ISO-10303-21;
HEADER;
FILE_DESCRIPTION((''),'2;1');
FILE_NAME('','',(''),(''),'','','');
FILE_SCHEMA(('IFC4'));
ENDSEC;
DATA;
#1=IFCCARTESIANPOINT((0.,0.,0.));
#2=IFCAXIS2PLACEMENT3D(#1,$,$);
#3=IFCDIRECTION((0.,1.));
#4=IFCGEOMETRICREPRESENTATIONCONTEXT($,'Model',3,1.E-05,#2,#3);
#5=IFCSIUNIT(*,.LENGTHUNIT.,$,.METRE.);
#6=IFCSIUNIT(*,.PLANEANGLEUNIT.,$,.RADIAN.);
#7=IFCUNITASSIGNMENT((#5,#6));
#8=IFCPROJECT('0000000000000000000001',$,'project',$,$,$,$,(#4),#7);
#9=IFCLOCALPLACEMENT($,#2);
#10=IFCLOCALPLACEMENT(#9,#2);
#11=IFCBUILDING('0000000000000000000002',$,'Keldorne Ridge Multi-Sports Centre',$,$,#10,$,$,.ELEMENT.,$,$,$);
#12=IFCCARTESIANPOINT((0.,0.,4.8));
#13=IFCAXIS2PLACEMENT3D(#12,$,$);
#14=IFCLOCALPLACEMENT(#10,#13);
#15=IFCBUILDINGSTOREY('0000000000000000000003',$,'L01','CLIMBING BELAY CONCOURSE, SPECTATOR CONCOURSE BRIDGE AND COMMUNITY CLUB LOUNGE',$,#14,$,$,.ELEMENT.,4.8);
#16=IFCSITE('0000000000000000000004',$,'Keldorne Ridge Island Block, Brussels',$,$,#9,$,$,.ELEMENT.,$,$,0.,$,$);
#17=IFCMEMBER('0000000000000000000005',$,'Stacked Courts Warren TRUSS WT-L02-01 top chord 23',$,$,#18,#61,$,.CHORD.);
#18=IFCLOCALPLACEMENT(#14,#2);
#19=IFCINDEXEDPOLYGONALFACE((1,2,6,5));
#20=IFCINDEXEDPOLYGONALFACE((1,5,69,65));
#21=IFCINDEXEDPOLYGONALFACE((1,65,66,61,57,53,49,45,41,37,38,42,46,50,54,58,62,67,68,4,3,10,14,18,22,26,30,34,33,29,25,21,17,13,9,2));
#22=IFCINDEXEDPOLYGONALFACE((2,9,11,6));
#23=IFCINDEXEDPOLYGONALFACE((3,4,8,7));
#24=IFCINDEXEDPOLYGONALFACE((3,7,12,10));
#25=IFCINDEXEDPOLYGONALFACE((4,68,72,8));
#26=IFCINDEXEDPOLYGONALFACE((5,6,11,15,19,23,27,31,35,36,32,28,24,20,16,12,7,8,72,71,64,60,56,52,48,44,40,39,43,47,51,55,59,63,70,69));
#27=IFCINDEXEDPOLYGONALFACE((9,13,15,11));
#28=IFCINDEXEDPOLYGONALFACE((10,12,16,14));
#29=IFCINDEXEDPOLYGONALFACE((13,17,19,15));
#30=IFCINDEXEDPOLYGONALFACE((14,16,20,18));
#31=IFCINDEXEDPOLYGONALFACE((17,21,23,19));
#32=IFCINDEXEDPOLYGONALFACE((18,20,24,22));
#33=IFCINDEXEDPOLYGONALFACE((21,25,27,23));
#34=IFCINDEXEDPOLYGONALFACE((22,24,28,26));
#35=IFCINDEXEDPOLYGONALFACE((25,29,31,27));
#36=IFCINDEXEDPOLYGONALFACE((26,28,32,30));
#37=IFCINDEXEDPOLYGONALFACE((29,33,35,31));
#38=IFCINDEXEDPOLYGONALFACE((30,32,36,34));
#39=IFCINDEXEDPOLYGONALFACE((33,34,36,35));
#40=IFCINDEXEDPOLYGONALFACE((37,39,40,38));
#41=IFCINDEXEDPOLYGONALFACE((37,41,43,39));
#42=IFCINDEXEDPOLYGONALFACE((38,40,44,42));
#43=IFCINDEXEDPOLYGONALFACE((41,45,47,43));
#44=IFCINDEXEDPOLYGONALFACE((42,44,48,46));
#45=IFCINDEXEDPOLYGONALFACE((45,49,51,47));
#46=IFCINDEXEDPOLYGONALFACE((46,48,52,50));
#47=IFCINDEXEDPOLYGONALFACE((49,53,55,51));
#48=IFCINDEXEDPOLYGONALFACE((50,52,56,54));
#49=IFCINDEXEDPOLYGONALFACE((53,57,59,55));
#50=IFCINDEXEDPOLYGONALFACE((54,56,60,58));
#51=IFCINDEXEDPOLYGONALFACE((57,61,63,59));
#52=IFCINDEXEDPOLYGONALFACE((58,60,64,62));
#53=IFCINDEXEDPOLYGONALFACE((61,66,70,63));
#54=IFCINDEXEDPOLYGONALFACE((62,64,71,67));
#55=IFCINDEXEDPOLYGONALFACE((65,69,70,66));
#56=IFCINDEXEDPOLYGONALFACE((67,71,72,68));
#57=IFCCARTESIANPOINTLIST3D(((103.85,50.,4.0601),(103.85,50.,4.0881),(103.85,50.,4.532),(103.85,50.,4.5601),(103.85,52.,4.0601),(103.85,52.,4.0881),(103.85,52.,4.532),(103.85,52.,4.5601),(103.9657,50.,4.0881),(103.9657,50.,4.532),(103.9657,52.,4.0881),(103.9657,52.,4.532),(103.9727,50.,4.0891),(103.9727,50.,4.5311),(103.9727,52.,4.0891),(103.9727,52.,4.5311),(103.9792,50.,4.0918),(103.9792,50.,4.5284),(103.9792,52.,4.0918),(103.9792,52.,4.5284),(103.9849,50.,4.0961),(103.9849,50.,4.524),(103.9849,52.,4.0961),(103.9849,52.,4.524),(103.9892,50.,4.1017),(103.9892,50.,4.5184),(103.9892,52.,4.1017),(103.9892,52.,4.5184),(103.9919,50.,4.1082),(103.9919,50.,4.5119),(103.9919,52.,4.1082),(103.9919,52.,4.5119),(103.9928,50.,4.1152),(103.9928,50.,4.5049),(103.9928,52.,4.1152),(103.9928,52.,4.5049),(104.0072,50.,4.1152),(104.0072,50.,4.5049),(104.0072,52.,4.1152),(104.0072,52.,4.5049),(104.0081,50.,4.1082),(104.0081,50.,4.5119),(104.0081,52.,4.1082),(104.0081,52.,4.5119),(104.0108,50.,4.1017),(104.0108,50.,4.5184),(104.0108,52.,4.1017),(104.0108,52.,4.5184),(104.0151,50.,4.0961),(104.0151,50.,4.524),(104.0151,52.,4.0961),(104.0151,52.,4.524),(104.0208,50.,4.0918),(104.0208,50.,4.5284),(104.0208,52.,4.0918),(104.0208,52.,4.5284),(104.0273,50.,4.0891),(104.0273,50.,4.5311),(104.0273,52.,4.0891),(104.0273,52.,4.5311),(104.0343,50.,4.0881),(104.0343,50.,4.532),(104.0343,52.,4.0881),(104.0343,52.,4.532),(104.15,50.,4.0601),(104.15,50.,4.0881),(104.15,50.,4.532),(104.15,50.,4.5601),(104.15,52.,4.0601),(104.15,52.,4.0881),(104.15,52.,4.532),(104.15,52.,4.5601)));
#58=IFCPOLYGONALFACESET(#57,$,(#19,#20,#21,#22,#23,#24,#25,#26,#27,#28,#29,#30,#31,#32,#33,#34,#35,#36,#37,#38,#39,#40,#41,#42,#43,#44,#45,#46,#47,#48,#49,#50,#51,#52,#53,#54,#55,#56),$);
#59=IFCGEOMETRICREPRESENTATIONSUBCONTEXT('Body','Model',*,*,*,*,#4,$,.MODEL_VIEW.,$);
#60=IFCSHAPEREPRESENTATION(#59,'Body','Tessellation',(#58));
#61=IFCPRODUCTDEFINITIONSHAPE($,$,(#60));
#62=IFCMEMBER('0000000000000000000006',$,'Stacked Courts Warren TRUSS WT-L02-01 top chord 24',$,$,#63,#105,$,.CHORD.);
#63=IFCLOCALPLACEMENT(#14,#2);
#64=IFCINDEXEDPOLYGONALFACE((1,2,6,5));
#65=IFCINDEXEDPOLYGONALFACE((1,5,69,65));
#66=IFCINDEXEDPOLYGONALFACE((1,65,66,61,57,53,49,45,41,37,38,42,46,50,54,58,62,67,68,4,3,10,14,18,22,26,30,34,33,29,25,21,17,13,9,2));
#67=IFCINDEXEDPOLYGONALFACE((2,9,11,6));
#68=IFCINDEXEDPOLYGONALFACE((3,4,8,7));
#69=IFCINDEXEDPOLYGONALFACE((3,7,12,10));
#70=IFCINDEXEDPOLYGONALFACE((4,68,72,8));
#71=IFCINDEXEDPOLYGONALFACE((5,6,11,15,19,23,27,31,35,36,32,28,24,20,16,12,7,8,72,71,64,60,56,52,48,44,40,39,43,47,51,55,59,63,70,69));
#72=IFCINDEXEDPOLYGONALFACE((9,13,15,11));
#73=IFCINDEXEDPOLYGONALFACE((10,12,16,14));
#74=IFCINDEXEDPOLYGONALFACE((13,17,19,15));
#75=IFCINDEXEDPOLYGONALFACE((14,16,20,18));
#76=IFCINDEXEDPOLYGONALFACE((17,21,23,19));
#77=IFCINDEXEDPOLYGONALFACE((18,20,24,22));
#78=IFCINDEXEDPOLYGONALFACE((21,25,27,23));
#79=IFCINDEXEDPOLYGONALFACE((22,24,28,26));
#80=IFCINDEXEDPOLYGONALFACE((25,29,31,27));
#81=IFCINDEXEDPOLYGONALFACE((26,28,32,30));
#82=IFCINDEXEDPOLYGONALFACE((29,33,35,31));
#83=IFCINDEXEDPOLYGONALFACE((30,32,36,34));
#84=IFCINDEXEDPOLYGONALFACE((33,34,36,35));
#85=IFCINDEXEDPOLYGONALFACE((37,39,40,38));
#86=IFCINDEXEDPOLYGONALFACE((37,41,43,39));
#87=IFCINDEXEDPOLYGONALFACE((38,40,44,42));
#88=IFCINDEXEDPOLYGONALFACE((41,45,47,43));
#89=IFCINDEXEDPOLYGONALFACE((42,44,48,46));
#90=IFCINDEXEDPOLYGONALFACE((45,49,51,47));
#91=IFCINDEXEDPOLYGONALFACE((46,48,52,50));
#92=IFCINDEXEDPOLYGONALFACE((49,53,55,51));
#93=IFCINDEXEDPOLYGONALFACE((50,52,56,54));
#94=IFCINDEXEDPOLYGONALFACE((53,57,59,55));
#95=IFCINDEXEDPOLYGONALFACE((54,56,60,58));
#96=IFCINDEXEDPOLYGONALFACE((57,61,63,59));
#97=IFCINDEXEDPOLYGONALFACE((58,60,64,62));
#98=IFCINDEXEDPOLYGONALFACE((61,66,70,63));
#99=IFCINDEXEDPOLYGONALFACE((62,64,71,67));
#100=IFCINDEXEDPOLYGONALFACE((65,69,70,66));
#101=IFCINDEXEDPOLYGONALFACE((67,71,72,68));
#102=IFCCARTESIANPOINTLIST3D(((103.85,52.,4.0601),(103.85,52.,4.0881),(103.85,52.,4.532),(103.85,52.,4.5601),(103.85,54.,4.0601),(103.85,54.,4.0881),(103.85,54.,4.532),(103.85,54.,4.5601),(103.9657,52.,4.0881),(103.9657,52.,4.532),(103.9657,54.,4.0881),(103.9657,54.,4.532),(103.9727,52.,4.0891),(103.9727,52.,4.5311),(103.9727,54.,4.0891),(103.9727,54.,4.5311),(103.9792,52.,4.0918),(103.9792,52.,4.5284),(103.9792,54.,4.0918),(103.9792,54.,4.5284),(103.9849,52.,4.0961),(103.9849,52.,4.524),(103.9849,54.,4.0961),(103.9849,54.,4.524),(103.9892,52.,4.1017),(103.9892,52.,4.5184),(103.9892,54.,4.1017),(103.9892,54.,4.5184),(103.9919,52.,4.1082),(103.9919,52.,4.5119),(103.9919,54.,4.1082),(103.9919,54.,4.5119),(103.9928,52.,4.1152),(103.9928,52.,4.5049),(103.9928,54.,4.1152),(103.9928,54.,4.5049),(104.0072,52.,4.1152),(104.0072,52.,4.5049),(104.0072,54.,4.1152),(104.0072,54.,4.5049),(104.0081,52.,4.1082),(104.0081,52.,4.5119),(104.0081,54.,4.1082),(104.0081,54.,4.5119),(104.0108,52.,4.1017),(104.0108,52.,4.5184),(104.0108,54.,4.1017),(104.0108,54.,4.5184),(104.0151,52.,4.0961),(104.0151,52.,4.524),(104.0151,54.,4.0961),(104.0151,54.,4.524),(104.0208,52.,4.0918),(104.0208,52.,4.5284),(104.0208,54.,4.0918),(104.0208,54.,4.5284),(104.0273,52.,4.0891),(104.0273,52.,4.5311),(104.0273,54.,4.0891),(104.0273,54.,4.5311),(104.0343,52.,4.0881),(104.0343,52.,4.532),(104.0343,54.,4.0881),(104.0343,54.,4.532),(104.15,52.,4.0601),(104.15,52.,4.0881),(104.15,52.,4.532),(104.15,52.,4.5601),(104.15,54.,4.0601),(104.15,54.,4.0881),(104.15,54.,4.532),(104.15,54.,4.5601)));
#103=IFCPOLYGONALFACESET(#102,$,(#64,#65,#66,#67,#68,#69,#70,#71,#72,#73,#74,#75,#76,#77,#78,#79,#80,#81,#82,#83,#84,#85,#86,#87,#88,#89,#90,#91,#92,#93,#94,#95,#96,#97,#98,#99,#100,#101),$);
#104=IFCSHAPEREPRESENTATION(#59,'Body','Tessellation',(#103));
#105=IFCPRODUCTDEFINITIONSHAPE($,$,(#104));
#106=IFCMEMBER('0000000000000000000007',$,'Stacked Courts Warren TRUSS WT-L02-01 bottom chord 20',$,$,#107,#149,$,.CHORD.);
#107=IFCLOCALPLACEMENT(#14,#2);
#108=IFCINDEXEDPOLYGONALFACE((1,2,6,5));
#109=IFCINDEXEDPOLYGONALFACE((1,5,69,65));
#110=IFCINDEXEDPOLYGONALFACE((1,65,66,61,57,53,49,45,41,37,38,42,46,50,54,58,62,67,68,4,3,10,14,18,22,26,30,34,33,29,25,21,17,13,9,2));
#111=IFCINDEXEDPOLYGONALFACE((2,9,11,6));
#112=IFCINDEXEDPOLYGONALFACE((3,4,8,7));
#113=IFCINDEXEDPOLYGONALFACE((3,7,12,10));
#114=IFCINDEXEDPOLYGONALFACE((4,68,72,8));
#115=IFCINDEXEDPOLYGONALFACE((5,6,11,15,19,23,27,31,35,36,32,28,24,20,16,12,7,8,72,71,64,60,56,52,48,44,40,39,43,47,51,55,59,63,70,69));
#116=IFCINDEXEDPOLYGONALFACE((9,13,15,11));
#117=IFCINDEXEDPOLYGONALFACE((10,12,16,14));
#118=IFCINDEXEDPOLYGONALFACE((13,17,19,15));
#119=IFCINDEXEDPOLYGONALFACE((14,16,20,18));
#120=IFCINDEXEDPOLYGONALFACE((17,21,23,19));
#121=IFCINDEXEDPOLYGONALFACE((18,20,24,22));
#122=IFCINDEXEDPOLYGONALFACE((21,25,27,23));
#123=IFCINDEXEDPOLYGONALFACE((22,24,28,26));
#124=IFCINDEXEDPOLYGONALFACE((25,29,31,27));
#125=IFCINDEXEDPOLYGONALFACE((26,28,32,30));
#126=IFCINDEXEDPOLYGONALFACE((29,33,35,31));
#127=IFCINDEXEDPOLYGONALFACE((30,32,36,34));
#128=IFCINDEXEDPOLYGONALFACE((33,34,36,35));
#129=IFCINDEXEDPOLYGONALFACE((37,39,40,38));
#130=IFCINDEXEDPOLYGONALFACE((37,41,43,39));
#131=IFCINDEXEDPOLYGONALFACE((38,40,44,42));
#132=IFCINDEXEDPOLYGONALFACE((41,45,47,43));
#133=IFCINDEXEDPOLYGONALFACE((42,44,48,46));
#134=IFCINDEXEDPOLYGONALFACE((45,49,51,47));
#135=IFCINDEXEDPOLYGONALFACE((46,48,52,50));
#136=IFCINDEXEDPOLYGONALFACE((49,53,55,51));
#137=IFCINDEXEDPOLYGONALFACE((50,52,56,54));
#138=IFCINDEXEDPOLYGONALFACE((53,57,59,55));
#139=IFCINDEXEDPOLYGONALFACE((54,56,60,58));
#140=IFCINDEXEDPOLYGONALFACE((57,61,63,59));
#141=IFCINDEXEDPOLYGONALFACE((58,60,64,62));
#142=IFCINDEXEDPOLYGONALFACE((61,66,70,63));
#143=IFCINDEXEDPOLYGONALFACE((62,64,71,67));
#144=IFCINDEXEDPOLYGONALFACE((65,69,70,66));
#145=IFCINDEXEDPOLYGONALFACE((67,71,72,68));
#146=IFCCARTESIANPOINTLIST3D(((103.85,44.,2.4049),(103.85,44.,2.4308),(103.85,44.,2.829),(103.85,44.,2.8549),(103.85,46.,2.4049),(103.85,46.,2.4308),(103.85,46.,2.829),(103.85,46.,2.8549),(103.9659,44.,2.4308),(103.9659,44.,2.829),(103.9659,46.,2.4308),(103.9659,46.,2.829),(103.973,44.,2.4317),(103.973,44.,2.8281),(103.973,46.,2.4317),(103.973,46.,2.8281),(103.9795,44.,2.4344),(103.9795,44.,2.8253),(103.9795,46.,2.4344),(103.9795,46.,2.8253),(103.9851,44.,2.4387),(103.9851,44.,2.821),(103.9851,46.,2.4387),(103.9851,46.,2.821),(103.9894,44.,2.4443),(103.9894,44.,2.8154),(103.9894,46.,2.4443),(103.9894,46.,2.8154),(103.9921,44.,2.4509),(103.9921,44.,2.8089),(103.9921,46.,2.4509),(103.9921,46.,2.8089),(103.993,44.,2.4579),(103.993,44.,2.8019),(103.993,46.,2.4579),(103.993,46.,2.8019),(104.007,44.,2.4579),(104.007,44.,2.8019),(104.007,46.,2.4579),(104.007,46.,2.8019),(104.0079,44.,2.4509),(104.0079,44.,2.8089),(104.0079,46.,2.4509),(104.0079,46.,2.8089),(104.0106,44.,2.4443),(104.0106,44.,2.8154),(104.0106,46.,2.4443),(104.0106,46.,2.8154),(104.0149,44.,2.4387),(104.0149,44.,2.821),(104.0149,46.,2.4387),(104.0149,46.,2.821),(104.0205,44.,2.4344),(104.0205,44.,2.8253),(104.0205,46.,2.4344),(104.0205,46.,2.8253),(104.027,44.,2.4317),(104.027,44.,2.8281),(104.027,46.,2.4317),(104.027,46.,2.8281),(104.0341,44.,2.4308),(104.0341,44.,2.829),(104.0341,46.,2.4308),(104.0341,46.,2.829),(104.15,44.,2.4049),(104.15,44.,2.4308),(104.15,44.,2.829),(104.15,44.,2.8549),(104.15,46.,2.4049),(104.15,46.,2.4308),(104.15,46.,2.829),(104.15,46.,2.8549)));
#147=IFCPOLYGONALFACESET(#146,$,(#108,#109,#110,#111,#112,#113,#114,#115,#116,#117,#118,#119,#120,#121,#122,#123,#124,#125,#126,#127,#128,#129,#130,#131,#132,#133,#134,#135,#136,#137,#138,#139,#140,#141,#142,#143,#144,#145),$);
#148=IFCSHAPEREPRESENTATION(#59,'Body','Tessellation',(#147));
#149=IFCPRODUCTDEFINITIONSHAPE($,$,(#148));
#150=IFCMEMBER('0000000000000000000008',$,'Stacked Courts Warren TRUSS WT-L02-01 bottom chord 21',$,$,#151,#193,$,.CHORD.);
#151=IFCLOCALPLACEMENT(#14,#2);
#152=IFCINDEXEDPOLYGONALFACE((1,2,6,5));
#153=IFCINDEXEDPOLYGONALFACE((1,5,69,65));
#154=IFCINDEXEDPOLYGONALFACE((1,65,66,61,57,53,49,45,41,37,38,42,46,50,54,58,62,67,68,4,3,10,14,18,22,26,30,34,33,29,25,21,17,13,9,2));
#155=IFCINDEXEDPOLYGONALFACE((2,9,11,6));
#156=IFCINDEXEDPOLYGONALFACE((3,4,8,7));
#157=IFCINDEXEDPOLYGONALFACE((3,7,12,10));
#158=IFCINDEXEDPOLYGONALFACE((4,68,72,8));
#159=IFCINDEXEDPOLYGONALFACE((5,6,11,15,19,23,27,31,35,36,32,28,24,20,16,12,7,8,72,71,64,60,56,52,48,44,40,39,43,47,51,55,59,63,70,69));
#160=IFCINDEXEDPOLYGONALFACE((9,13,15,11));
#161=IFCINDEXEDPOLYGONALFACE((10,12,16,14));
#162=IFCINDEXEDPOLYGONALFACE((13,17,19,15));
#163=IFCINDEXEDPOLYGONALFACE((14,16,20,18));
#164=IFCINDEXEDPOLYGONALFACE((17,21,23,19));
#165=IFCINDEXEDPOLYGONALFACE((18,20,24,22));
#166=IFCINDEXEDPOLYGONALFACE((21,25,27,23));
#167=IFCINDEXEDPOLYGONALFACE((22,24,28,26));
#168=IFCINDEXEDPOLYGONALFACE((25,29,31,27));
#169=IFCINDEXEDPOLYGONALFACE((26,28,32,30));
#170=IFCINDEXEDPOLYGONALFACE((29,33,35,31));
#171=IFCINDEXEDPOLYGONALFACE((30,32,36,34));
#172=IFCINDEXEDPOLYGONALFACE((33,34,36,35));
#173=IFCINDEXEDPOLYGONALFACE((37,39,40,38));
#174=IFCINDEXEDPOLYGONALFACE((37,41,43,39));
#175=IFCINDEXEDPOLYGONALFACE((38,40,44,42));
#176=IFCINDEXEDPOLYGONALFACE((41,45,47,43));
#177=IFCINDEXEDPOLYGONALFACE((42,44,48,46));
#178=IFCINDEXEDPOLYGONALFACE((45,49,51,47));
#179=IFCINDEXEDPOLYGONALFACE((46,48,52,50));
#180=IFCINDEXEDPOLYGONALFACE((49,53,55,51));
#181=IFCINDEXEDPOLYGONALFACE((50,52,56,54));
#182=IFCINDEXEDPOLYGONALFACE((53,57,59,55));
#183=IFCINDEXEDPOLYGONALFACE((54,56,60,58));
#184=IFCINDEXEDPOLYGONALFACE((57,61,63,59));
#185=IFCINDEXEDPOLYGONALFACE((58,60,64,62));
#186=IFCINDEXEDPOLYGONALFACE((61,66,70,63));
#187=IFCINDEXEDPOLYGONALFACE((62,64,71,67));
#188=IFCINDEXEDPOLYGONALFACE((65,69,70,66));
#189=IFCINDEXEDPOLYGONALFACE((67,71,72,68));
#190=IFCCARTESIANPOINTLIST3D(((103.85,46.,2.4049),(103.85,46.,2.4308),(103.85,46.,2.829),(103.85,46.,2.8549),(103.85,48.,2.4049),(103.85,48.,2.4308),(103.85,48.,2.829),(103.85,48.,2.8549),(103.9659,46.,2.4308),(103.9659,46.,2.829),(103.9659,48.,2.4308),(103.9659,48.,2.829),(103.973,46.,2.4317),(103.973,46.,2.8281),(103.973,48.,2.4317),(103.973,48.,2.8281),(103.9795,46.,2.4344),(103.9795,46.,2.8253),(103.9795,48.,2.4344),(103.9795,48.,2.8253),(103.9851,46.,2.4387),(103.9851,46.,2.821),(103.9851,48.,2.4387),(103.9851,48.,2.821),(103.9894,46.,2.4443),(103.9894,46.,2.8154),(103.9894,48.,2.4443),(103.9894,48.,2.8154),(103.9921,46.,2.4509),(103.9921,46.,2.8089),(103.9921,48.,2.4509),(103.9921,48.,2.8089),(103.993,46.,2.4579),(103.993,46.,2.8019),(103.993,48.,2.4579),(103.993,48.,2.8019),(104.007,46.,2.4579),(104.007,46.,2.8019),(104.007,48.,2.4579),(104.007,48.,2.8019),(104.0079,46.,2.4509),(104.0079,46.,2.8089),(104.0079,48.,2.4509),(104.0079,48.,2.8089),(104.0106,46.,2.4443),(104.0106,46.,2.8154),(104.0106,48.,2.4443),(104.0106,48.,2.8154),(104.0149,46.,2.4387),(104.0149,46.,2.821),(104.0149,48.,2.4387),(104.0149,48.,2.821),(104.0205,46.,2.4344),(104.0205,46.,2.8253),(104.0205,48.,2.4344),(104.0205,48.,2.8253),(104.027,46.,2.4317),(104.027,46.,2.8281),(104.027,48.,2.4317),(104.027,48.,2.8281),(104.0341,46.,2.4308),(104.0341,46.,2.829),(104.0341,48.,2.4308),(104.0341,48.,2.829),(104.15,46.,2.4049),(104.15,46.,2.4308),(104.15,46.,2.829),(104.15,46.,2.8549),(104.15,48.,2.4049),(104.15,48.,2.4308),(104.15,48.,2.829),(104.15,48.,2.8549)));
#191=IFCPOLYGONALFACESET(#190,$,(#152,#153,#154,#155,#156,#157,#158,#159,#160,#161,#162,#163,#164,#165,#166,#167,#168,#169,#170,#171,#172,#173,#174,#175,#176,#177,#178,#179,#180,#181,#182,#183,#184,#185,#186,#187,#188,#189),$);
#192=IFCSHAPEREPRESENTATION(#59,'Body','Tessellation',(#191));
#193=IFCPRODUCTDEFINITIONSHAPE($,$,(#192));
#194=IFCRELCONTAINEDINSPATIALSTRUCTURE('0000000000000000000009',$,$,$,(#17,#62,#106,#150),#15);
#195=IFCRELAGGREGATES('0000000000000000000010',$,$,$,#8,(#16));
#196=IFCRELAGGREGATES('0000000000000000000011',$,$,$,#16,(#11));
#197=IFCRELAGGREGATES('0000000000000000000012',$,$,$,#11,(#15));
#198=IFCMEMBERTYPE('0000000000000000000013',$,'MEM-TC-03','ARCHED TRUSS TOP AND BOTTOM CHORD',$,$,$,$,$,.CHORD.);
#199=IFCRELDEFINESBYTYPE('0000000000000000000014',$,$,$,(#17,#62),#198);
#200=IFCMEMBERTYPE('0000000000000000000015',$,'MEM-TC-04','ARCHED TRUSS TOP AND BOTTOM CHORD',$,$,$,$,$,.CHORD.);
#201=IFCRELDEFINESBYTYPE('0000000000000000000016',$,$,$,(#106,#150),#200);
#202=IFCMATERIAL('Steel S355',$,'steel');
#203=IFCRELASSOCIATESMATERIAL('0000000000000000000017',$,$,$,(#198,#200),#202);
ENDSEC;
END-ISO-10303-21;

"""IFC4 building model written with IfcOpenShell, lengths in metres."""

from ifc_helpers import new_model, si_unit, direction, frame, origin, origin_2d, place, context, subcontext, project, spatial, i_section, extrude, material, material_profile, profile_set, type_object, element, save


model = new_model("IFC4")

# Units and contexts
model_context = context("Model", 3, precision=1e-05, world=origin(), true_north=direction((0.0, 1.0)))
body_context = subcontext(model_context, "Body", "Model", "MODEL_VIEW")
ifc_project = project(units=[si_unit("LENGTHUNIT", "METRE"), si_unit("PLANEANGLEUNIT", "RADIAN")], contexts=[model_context])

# Site, building, storey
site_placement = place(None, origin())
site = spatial("IfcSite", under=ifc_project, at=site_placement, Name="Keldorne Ridge Island Block, Brussels", CompositionType="ELEMENT", RefElevation=0.0)
building_placement = place(site_placement, origin())
building = spatial("IfcBuilding", under=site, at=building_placement, Name="Keldorne Ridge Multi-Sports Centre", CompositionType="ELEMENT")
storey_placement = place(building_placement, frame((0.0, 0.0, 4.8)))
storey = spatial("IfcBuildingStorey", under=building, at=storey_placement, Name="L01", Description="CLIMBING BELAY CONCOURSE, SPECTATOR CONCOURSE BRIDGE AND COMMUNITY CLUB LOUNGE", CompositionType="ELEMENT", Elevation=4.8)

# Shared definitions
ifc_material_1 = material(Name="Steel S355", Category="steel")

# Members
ifc_material_profile_1 = material_profile(ifc_material_1, i_section(OverallWidth=0.3, OverallDepth=0.5, WebThickness=0.0144, FlangeThickness=0.0281, FilletRadius=0.0271, at=origin_2d()), Name="HEB 500")
ifc_profile_set_1 = profile_set([ifc_material_profile_1], Name="Steel S355")
member_type_1 = type_object("IfcMemberType", Name="MEM-TC-03", Description="ARCHED TRUSS TOP AND BOTTOM CHORD", PredefinedType="CHORD", material=ifc_profile_set_1)
for number, where, z_axis, x_axis, name in (
    (1, (104.0, 50.0, 4.3101), (0.0, 1.0, 0.0), (-1.0, 0.0, 0.0), "Stacked Courts Warren TRUSS WT-L02-01 top chord 23"),
    (2, (104.0, 52.0, 4.3101), (0.0, 1.0, 0.0), (-1.0, 0.0, 0.0), "Stacked Courts Warren TRUSS WT-L02-01 top chord 24"),
):
    element("IfcMember", number, at=place(storey_placement, frame(where, z_axis=z_axis, x_axis=x_axis)), inside=storey, type_object=member_type_1, Name=name, PredefinedType="CHORD", context=body_context, shape_type="SweptSolid", body=[
        extrude(i_section(OverallWidth=0.3, OverallDepth=0.5, WebThickness=0.0144, FlangeThickness=0.0281, FilletRadius=0.0271, at=origin_2d()), origin(), (0.0, 0.0, 1.0), 2.0),
    ])
ifc_material_profile_2 = material_profile(ifc_material_1, i_section(OverallWidth=0.3, OverallDepth=0.45, WebThickness=0.0139, FlangeThickness=0.0259, FilletRadius=0.0271, at=origin_2d()), Name="HEB 450")
ifc_profile_set_2 = profile_set([ifc_material_profile_2], Name="Steel S355")
member_type_2 = type_object("IfcMemberType", Name="MEM-TC-04", Description="ARCHED TRUSS TOP AND BOTTOM CHORD", PredefinedType="CHORD", material=ifc_profile_set_2)
for number, where, z_axis, x_axis, name in (
    (3, (104.0, 44.0, 2.6299), (0.0, 1.0, 0.0), (-1.0, 0.0, 0.0), "Stacked Courts Warren TRUSS WT-L02-01 bottom chord 20"),
    (4, (104.0, 46.0, 2.6299), (0.0, 1.0, 0.0), (-1.0, 0.0, 0.0), "Stacked Courts Warren TRUSS WT-L02-01 bottom chord 21"),
):
    element("IfcMember", number, at=place(storey_placement, frame(where, z_axis=z_axis, x_axis=x_axis)), inside=storey, type_object=member_type_2, Name=name, PredefinedType="CHORD", context=body_context, shape_type="SweptSolid", body=[
        extrude(i_section(OverallWidth=0.3, OverallDepth=0.45, WebThickness=0.0139, FlangeThickness=0.0259, FilletRadius=0.0271, at=origin_2d()), origin(), (0.0, 0.0, 1.0), 2.0),
    ])

save(model, "model.ifc")
